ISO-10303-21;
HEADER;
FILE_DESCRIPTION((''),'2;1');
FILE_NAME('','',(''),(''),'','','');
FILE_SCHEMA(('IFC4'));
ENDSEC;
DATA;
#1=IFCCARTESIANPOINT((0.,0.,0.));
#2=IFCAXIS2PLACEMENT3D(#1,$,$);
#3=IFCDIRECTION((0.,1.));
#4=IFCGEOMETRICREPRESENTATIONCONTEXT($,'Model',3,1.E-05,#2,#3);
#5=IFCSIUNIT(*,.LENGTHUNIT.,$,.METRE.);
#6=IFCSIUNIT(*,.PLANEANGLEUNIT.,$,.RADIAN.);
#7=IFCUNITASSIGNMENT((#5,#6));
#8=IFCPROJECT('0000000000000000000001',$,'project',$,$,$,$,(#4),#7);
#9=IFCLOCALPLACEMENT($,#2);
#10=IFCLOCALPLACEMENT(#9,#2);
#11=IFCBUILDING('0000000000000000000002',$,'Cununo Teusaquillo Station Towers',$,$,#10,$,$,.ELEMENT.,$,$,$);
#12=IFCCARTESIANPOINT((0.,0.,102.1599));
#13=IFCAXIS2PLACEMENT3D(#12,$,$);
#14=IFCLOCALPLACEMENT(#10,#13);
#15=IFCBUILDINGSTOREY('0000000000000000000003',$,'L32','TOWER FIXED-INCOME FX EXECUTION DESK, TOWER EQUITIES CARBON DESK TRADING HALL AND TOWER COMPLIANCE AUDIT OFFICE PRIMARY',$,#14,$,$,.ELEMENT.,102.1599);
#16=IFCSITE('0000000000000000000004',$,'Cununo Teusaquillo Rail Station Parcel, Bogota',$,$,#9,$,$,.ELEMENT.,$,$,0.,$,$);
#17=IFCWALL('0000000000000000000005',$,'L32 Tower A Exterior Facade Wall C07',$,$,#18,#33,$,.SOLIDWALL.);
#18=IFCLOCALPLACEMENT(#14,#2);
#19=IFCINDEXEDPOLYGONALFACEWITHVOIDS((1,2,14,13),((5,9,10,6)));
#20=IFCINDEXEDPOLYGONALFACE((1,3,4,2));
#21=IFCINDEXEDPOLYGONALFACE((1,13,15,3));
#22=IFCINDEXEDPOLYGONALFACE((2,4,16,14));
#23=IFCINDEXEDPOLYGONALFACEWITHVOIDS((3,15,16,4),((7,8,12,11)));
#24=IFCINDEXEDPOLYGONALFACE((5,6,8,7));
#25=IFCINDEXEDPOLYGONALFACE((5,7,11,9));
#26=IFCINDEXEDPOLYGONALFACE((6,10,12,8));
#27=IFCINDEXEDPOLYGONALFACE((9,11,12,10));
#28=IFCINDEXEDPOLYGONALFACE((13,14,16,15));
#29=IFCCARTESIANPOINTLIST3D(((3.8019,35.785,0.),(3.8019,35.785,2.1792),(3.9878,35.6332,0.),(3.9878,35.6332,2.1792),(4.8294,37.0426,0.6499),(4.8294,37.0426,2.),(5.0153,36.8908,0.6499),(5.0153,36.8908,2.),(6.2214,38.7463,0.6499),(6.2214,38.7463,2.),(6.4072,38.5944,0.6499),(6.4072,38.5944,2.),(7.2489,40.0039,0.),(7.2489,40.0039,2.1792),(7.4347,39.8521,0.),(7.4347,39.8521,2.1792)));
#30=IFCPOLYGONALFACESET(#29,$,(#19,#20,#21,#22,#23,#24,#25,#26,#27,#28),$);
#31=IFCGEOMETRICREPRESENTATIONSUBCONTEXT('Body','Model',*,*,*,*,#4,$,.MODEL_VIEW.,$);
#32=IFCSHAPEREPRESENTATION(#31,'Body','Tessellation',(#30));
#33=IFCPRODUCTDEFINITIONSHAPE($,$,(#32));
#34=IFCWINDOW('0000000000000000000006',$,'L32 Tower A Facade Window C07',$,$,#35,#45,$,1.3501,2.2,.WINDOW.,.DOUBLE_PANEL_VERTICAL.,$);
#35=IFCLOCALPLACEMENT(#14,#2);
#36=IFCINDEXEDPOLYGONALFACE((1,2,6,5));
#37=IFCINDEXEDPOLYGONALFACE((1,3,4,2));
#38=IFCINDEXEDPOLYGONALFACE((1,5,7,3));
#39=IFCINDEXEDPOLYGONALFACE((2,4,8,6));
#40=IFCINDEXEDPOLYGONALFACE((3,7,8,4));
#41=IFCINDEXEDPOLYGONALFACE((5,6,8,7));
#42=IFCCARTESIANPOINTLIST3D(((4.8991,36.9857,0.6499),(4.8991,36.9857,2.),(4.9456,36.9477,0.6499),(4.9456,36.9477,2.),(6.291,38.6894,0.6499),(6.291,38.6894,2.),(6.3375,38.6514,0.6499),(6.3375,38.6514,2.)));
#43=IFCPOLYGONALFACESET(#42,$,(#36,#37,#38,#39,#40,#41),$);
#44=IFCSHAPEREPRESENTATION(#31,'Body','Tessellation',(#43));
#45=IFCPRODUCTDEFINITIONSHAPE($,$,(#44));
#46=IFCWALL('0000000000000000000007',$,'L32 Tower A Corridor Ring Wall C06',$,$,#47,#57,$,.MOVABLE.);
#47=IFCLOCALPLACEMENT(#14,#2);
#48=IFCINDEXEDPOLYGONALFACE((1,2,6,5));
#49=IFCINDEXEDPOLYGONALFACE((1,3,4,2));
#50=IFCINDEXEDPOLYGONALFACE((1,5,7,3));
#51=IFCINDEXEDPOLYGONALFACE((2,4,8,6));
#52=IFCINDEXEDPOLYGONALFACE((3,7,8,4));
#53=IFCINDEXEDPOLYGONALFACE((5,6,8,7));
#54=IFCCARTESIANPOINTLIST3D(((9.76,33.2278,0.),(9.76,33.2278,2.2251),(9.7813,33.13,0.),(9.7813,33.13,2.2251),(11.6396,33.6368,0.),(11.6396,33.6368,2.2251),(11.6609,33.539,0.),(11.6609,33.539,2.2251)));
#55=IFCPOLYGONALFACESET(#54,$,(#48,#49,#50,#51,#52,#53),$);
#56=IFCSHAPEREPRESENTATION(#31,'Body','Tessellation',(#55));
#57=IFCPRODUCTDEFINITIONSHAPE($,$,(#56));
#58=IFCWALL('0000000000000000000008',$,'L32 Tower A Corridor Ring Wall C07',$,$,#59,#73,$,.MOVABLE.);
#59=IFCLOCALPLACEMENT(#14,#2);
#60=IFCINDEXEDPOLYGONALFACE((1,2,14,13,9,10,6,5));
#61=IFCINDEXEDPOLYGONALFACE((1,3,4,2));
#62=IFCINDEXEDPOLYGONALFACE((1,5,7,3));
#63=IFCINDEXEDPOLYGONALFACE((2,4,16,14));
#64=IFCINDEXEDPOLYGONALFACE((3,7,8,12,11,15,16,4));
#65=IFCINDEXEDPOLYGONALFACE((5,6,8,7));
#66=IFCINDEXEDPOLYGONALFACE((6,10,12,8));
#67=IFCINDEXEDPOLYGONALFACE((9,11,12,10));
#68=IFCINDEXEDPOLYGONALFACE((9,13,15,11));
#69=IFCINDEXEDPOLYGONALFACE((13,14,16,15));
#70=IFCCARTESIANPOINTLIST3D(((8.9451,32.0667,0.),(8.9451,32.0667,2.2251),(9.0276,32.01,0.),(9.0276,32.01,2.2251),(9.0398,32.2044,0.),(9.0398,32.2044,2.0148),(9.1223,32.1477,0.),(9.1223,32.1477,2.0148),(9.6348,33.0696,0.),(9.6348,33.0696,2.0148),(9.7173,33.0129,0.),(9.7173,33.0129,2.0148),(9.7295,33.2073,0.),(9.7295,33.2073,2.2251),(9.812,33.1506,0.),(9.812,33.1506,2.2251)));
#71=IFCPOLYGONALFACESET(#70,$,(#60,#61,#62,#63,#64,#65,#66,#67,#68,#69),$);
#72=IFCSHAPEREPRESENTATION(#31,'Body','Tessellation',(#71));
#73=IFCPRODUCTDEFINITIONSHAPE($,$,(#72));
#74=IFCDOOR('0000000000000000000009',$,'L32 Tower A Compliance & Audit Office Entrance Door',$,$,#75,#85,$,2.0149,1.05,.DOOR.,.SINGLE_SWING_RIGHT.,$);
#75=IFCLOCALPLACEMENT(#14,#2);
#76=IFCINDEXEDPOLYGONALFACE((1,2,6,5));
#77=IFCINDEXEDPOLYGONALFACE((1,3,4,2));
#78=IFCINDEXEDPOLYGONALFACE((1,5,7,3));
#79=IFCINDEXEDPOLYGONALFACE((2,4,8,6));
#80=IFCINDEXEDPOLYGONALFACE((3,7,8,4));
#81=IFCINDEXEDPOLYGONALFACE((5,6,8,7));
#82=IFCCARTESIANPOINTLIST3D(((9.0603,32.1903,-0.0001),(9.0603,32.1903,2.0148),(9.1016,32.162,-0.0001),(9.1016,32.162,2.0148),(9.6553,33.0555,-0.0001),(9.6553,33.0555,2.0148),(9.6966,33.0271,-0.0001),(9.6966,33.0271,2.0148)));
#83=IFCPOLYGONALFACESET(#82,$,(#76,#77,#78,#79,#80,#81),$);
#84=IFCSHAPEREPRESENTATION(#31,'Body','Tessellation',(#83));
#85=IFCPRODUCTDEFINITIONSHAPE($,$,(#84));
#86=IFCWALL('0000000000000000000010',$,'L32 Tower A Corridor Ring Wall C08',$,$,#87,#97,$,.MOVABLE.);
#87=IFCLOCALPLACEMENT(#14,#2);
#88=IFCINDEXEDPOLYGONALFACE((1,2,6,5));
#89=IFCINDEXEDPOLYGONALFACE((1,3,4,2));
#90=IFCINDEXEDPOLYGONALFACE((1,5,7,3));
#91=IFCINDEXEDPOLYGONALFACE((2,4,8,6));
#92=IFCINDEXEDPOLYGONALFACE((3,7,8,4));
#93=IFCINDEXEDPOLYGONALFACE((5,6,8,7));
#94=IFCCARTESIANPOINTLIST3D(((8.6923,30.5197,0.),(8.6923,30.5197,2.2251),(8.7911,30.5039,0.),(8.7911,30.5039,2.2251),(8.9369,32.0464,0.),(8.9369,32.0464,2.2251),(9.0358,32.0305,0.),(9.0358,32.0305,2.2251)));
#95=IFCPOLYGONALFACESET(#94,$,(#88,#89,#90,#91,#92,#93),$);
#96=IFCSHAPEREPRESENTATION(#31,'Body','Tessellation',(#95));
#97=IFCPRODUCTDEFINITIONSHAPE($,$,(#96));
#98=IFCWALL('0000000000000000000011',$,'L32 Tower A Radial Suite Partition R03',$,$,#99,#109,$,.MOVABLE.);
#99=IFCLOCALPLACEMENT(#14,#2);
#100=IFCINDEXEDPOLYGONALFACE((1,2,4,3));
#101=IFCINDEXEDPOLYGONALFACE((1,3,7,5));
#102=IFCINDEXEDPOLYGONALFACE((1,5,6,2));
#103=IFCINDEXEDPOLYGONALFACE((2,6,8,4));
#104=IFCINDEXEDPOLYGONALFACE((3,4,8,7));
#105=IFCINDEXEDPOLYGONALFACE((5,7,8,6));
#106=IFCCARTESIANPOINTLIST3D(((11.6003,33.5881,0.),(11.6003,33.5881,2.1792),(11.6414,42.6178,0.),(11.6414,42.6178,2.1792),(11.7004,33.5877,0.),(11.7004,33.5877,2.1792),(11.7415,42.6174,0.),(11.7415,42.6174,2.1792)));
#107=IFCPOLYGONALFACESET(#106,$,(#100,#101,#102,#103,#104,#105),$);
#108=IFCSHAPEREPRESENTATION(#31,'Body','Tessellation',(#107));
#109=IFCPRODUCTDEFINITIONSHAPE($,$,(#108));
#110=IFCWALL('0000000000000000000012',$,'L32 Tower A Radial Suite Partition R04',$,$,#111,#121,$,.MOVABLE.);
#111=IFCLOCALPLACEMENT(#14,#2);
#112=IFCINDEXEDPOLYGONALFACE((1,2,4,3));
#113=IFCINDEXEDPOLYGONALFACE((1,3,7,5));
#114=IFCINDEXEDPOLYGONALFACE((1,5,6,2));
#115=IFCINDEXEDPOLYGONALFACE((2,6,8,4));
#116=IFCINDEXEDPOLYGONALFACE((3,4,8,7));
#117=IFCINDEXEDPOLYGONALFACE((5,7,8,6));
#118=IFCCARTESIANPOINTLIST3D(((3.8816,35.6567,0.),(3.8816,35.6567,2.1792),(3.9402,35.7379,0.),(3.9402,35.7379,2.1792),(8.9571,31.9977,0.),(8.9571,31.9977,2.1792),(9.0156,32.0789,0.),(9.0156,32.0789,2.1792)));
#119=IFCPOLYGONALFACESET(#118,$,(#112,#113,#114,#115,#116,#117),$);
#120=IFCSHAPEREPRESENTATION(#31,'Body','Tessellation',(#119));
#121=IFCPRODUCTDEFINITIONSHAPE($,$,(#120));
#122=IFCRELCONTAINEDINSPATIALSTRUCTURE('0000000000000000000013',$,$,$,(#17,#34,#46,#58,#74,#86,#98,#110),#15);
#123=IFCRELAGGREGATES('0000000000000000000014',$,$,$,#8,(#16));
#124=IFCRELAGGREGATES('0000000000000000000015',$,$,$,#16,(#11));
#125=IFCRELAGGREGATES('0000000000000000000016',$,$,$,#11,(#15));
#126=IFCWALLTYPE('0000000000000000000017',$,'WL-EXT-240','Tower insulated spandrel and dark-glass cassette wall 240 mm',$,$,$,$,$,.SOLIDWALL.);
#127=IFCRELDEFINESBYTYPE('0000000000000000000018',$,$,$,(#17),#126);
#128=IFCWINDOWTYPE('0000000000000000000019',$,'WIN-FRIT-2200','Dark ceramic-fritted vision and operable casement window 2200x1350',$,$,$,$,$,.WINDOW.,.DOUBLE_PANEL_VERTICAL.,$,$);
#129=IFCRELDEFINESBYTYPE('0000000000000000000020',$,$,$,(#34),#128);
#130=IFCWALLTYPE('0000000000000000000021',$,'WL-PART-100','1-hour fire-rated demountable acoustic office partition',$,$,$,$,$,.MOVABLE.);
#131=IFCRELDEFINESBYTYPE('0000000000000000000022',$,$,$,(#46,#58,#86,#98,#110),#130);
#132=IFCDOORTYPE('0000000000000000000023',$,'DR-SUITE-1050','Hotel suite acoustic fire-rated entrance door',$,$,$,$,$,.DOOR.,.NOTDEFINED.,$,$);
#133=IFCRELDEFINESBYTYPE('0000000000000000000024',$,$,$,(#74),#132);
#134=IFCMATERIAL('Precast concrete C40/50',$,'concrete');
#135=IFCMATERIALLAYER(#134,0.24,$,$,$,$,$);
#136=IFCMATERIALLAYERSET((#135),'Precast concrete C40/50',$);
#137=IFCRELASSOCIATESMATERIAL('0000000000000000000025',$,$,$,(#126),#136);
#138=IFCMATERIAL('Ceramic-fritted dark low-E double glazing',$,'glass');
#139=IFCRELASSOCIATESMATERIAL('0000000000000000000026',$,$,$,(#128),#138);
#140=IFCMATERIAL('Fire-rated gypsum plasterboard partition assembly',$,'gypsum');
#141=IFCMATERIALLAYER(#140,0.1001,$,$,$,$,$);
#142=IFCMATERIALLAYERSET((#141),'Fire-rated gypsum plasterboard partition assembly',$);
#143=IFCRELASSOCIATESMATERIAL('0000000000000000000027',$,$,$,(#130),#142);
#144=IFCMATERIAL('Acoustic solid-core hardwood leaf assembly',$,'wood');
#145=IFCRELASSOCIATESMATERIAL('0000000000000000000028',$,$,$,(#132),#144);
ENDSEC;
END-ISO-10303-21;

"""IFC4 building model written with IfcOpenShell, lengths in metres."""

from ifc_helpers import new_model, si_unit, direction, frame, frame_2d, origin, place, context, subcontext, project, spatial, rectangle, extrude, source, transform, mapped, material, layer, layer_set, type_object, element, fill, save


model = new_model("IFC4")

# Units and contexts
model_context = context("Model", 3, precision=1e-05, world=origin(), true_north=direction((0.0, 1.0)))
body_context = subcontext(model_context, "Body", "Model", "MODEL_VIEW")
ifc_project = project(units=[si_unit("LENGTHUNIT", "METRE"), si_unit("PLANEANGLEUNIT", "RADIAN")], contexts=[model_context])

# Site, building, storey
site_placement = place(None, origin())
site = spatial("IfcSite", under=ifc_project, at=site_placement, Name="Cununo Teusaquillo Rail Station Parcel, Bogota", CompositionType="ELEMENT", RefElevation=0.0)
building_placement = place(site_placement, origin())
building = spatial("IfcBuilding", under=site, at=building_placement, Name="Cununo Teusaquillo Station Towers", CompositionType="ELEMENT")
storey_placement = place(building_placement, frame((0.0, 0.0, 102.1599)))
storey = spatial("IfcBuildingStorey", under=building, at=storey_placement, Name="L32", Description="TOWER FIXED-INCOME FX EXECUTION DESK, TOWER EQUITIES CARBON DESK TRADING HALL AND TOWER COMPLIANCE AUDIT OFFICE PRIMARY", CompositionType="ELEMENT", Elevation=102.1599)

# Shared definitions
ifc_material_1 = material(Name="Precast concrete C40/50", Category="concrete")
ifc_layer_1 = layer(ifc_material_1, 0.24)
ifc_layer_set_1 = layer_set([ifc_layer_1], Name="Precast concrete C40/50")
wall_type_1 = type_object("IfcWallType", Name="WL-EXT-240", Description="Tower insulated spandrel and dark-glass cassette wall 240 mm", PredefinedType="SOLIDWALL", material=ifc_layer_set_1)

# Wall, opening, window
wall_1_placement = place(storey_placement, frame((3.8948, 35.709, 0.0), z_axis=(0.0, 0.0, 1.0), x_axis=(0.632701, 0.774396, 0.0)))
wall_1 = element("IfcWall", 1, at=wall_1_placement, inside=storey, type_object=wall_type_1, Name="L32 Tower A Exterior Facade Wall C07", PredefinedType="SOLIDWALL", context=body_context, shape_type="SweptSolid", body=[
    extrude(rectangle(XDim=5.448, YDim=0.24, at=frame_2d((2.7241, 0.0))), origin(), (0.0, 0.0, 1.0), 2.1792),
])
shared_shape_1 = source(origin(), body_context, "Body", "SweptSolid", [
    extrude(rectangle(XDim=2.2, YDim=1.3501, at=frame_2d((1.1001, 0.675))), frame((0.0, 0.1299, 0.0), z_axis=(0.0, -1.0, 0.0), x_axis=(1.0, 0.0, 0.0)), (0.0, 0.0, 1.0), 0.26),
])
opening_1_placement = place(wall_1_placement, frame((1.624, 0.0, 0.6499)))
opening_1 = element("IfcOpeningElement", 2, at=opening_1_placement, cuts=wall_1, PredefinedType="OPENING", context=body_context, shape_type="MappedRepresentation", body=[
    mapped(shared_shape_1, transform((0.0, 0.0, 0.0), x_axis=(1.0, 0.0, 0.0), y_axis=(0.0, 1.0, 0.0), z_axis=(0.0, 0.0, 1.0), scale=1.0)),
])
ifc_material_2 = material(Name="Ceramic-fritted dark low-E double glazing", Category="glass")
window_type_1 = type_object("IfcWindowType", Name="WIN-FRIT-2200", Description="Dark ceramic-fritted vision and operable casement window 2200x1350", PartitioningType="DOUBLE_PANEL_VERTICAL", PredefinedType="WINDOW", material=ifc_material_2)
shared_shape_2 = source(origin(), body_context, "Body", "SweptSolid", [
    extrude(rectangle(XDim=2.2, YDim=1.3501, at=frame_2d((1.1001, 0.675))), frame((0.0, 0.03, 0.0), z_axis=(0.0, -1.0, 0.0), x_axis=(1.0, 0.0, 0.0)), (0.0, 0.0, 1.0), 0.0601),
])
window_1_placement = place(opening_1_placement, origin())
window_1 = element("IfcWindow", 3, at=window_1_placement, inside=storey, type_object=window_type_1, Name="L32 Tower A Facade Window C07", OverallHeight=1.3501, OverallWidth=2.2, PartitioningType="DOUBLE_PANEL_VERTICAL", PredefinedType="WINDOW", context=body_context, shape_type="MappedRepresentation", body=[
    mapped(shared_shape_2, transform((0.0, 0.0, 0.0), x_axis=(1.0, 0.0, 0.0), y_axis=(0.0, 1.0, 0.0), z_axis=(0.0, 0.0, 1.0), scale=1.0)),
])
fill(opening_1, window_1)

# Wall
ifc_material_3 = material(Name="Fire-rated gypsum plasterboard partition assembly", Category="gypsum")
ifc_layer_2 = layer(ifc_material_3, 0.1001)
ifc_layer_set_2 = layer_set([ifc_layer_2], Name="Fire-rated gypsum plasterboard partition assembly")
wall_type_2 = type_object("IfcWallType", Name="WL-PART-100", Description="1-hour fire-rated demountable acoustic office partition", PredefinedType="MOVABLE", material=ifc_layer_set_2)
wall_2_placement = place(storey_placement, frame((11.6504, 33.5879, 0.0), z_axis=(0.0, 0.0, 1.0), x_axis=(-0.977142, -0.212588, 0.0)))
element("IfcWall", 4, at=wall_2_placement, inside=storey, type_object=wall_type_2, Name="L32 Tower A Corridor Ring Wall C06", PredefinedType="MOVABLE", context=body_context, shape_type="SweptSolid", body=[
    extrude(rectangle(XDim=1.9236, YDim=0.1001, at=frame_2d((0.9619, 0.0))), origin(), (0.0, 0.0, 1.0), 2.2251),
])

# Wall, opening, door
wall_3_placement = place(storey_placement, frame((9.7708, 33.179, 0.0), z_axis=(0.0, 0.0, 1.0), x_axis=(-0.566649, -0.82396, 0.0)))
wall_3 = element("IfcWall", 5, at=wall_3_placement, inside=storey, type_object=wall_type_2, Name="L32 Tower A Corridor Ring Wall C07", PredefinedType="MOVABLE", context=body_context, shape_type="SweptSolid", body=[
    extrude(rectangle(XDim=1.3843, YDim=0.1001, at=frame_2d((0.6921, 0.0))), origin(), (0.0, 0.0, 1.0), 2.2251),
])
shared_shape_3 = source(origin(), body_context, "Body", "SweptSolid", [
    extrude(rectangle(XDim=1.05, YDim=2.0149, at=frame_2d((0.5249, 1.0073))), frame((0.0, 0.0601, 0.0), z_axis=(0.0, -1.0, 0.0), x_axis=(1.0, 0.0, 0.0)), (0.0, 0.0, 1.0), 0.1201),
])
opening_2_placement = place(wall_3_placement, frame((0.1672, 0.0, 0.0)))
opening_2 = element("IfcOpeningElement", 6, at=opening_2_placement, cuts=wall_3, PredefinedType="OPENING", context=body_context, shape_type="MappedRepresentation", body=[
    mapped(shared_shape_3, transform((0.0, 0.0, 0.0), x_axis=(1.0, 0.0, 0.0), y_axis=(0.0, 1.0, 0.0), z_axis=(0.0, 0.0, 1.0), scale=1.0)),
])
ifc_material_4 = material(Name="Acoustic solid-core hardwood leaf assembly", Category="wood")
door_type_1 = type_object("IfcDoorType", Name="DR-SUITE-1050", Description="Hotel suite acoustic fire-rated entrance door", OperationType="NOTDEFINED", PredefinedType="DOOR", material=ifc_material_4)
shared_shape_4 = source(origin(), body_context, "Body", "SweptSolid", [
    extrude(rectangle(XDim=1.05, YDim=2.0149, at=frame_2d((0.5249, 1.0073))), frame((0.0, 0.0249, 0.0), z_axis=(0.0, -1.0, 0.0), x_axis=(1.0, 0.0, 0.0)), (0.0, 0.0, 1.0), 0.05),
])
door_1_placement = place(opening_2_placement, origin())
door_1 = element("IfcDoor", 7, at=door_1_placement, inside=storey, type_object=door_type_1, Name="L32 Tower A Compliance & Audit Office Entrance Door", OperationType="SINGLE_SWING_RIGHT", OverallHeight=2.0149, OverallWidth=1.05, PredefinedType="DOOR", context=body_context, shape_type="MappedRepresentation", body=[
    mapped(shared_shape_4, transform((0.0, 0.0, 0.0), x_axis=(1.0, 0.0, 0.0), y_axis=(0.0, 1.0, 0.0), z_axis=(0.0, 0.0, 1.0), scale=1.0)),
])
fill(opening_2, door_1)

# Walls
wall_4_placement = place(storey_placement, frame((8.9863, 32.0383, 0.0), z_axis=(0.0, 0.0, 1.0), x_axis=(-0.158225, -0.987403, 0.0)))
element("IfcWall", 8, at=wall_4_placement, inside=storey, type_object=wall_type_2, Name="L32 Tower A Corridor Ring Wall C08", PredefinedType="MOVABLE", context=body_context, shape_type="SweptSolid", body=[
    extrude(rectangle(XDim=1.5461, YDim=0.1001, at=frame_2d((0.7729, 0.0))), origin(), (0.0, 0.0, 1.0), 2.2251),
])
wall_5_placement = place(storey_placement, frame((11.6504, 33.5879, 0.0), z_axis=(0.0, 0.0, 1.0), x_axis=(0.004542, 0.99999, 0.0)))
element("IfcWall", 9, at=wall_5_placement, inside=storey, type_object=wall_type_2, Name="L32 Tower A Radial Suite Partition R03", PredefinedType="MOVABLE", context=body_context, shape_type="SweptSolid", body=[
    extrude(rectangle(XDim=9.0298, YDim=0.1001, at=frame_2d((4.5149, 0.0))), origin(), (0.0, 0.0, 1.0), 2.1792),
])
wall_6_placement = place(storey_placement, frame((8.9863, 32.0383, 0.0), z_axis=(0.0, 0.0, 1.0), x_axis=(-0.811184, 0.584791, 0.0)))
element("IfcWall", 10, at=wall_6_placement, inside=storey, type_object=wall_type_2, Name="L32 Tower A Radial Suite Partition R04", PredefinedType="MOVABLE", context=body_context, shape_type="SweptSolid", body=[
    extrude(rectangle(XDim=6.2568, YDim=0.1001, at=frame_2d((3.1284, 0.0))), origin(), (0.0, 0.0, 1.0), 2.1792),
])

save(model, "model.ifc")
